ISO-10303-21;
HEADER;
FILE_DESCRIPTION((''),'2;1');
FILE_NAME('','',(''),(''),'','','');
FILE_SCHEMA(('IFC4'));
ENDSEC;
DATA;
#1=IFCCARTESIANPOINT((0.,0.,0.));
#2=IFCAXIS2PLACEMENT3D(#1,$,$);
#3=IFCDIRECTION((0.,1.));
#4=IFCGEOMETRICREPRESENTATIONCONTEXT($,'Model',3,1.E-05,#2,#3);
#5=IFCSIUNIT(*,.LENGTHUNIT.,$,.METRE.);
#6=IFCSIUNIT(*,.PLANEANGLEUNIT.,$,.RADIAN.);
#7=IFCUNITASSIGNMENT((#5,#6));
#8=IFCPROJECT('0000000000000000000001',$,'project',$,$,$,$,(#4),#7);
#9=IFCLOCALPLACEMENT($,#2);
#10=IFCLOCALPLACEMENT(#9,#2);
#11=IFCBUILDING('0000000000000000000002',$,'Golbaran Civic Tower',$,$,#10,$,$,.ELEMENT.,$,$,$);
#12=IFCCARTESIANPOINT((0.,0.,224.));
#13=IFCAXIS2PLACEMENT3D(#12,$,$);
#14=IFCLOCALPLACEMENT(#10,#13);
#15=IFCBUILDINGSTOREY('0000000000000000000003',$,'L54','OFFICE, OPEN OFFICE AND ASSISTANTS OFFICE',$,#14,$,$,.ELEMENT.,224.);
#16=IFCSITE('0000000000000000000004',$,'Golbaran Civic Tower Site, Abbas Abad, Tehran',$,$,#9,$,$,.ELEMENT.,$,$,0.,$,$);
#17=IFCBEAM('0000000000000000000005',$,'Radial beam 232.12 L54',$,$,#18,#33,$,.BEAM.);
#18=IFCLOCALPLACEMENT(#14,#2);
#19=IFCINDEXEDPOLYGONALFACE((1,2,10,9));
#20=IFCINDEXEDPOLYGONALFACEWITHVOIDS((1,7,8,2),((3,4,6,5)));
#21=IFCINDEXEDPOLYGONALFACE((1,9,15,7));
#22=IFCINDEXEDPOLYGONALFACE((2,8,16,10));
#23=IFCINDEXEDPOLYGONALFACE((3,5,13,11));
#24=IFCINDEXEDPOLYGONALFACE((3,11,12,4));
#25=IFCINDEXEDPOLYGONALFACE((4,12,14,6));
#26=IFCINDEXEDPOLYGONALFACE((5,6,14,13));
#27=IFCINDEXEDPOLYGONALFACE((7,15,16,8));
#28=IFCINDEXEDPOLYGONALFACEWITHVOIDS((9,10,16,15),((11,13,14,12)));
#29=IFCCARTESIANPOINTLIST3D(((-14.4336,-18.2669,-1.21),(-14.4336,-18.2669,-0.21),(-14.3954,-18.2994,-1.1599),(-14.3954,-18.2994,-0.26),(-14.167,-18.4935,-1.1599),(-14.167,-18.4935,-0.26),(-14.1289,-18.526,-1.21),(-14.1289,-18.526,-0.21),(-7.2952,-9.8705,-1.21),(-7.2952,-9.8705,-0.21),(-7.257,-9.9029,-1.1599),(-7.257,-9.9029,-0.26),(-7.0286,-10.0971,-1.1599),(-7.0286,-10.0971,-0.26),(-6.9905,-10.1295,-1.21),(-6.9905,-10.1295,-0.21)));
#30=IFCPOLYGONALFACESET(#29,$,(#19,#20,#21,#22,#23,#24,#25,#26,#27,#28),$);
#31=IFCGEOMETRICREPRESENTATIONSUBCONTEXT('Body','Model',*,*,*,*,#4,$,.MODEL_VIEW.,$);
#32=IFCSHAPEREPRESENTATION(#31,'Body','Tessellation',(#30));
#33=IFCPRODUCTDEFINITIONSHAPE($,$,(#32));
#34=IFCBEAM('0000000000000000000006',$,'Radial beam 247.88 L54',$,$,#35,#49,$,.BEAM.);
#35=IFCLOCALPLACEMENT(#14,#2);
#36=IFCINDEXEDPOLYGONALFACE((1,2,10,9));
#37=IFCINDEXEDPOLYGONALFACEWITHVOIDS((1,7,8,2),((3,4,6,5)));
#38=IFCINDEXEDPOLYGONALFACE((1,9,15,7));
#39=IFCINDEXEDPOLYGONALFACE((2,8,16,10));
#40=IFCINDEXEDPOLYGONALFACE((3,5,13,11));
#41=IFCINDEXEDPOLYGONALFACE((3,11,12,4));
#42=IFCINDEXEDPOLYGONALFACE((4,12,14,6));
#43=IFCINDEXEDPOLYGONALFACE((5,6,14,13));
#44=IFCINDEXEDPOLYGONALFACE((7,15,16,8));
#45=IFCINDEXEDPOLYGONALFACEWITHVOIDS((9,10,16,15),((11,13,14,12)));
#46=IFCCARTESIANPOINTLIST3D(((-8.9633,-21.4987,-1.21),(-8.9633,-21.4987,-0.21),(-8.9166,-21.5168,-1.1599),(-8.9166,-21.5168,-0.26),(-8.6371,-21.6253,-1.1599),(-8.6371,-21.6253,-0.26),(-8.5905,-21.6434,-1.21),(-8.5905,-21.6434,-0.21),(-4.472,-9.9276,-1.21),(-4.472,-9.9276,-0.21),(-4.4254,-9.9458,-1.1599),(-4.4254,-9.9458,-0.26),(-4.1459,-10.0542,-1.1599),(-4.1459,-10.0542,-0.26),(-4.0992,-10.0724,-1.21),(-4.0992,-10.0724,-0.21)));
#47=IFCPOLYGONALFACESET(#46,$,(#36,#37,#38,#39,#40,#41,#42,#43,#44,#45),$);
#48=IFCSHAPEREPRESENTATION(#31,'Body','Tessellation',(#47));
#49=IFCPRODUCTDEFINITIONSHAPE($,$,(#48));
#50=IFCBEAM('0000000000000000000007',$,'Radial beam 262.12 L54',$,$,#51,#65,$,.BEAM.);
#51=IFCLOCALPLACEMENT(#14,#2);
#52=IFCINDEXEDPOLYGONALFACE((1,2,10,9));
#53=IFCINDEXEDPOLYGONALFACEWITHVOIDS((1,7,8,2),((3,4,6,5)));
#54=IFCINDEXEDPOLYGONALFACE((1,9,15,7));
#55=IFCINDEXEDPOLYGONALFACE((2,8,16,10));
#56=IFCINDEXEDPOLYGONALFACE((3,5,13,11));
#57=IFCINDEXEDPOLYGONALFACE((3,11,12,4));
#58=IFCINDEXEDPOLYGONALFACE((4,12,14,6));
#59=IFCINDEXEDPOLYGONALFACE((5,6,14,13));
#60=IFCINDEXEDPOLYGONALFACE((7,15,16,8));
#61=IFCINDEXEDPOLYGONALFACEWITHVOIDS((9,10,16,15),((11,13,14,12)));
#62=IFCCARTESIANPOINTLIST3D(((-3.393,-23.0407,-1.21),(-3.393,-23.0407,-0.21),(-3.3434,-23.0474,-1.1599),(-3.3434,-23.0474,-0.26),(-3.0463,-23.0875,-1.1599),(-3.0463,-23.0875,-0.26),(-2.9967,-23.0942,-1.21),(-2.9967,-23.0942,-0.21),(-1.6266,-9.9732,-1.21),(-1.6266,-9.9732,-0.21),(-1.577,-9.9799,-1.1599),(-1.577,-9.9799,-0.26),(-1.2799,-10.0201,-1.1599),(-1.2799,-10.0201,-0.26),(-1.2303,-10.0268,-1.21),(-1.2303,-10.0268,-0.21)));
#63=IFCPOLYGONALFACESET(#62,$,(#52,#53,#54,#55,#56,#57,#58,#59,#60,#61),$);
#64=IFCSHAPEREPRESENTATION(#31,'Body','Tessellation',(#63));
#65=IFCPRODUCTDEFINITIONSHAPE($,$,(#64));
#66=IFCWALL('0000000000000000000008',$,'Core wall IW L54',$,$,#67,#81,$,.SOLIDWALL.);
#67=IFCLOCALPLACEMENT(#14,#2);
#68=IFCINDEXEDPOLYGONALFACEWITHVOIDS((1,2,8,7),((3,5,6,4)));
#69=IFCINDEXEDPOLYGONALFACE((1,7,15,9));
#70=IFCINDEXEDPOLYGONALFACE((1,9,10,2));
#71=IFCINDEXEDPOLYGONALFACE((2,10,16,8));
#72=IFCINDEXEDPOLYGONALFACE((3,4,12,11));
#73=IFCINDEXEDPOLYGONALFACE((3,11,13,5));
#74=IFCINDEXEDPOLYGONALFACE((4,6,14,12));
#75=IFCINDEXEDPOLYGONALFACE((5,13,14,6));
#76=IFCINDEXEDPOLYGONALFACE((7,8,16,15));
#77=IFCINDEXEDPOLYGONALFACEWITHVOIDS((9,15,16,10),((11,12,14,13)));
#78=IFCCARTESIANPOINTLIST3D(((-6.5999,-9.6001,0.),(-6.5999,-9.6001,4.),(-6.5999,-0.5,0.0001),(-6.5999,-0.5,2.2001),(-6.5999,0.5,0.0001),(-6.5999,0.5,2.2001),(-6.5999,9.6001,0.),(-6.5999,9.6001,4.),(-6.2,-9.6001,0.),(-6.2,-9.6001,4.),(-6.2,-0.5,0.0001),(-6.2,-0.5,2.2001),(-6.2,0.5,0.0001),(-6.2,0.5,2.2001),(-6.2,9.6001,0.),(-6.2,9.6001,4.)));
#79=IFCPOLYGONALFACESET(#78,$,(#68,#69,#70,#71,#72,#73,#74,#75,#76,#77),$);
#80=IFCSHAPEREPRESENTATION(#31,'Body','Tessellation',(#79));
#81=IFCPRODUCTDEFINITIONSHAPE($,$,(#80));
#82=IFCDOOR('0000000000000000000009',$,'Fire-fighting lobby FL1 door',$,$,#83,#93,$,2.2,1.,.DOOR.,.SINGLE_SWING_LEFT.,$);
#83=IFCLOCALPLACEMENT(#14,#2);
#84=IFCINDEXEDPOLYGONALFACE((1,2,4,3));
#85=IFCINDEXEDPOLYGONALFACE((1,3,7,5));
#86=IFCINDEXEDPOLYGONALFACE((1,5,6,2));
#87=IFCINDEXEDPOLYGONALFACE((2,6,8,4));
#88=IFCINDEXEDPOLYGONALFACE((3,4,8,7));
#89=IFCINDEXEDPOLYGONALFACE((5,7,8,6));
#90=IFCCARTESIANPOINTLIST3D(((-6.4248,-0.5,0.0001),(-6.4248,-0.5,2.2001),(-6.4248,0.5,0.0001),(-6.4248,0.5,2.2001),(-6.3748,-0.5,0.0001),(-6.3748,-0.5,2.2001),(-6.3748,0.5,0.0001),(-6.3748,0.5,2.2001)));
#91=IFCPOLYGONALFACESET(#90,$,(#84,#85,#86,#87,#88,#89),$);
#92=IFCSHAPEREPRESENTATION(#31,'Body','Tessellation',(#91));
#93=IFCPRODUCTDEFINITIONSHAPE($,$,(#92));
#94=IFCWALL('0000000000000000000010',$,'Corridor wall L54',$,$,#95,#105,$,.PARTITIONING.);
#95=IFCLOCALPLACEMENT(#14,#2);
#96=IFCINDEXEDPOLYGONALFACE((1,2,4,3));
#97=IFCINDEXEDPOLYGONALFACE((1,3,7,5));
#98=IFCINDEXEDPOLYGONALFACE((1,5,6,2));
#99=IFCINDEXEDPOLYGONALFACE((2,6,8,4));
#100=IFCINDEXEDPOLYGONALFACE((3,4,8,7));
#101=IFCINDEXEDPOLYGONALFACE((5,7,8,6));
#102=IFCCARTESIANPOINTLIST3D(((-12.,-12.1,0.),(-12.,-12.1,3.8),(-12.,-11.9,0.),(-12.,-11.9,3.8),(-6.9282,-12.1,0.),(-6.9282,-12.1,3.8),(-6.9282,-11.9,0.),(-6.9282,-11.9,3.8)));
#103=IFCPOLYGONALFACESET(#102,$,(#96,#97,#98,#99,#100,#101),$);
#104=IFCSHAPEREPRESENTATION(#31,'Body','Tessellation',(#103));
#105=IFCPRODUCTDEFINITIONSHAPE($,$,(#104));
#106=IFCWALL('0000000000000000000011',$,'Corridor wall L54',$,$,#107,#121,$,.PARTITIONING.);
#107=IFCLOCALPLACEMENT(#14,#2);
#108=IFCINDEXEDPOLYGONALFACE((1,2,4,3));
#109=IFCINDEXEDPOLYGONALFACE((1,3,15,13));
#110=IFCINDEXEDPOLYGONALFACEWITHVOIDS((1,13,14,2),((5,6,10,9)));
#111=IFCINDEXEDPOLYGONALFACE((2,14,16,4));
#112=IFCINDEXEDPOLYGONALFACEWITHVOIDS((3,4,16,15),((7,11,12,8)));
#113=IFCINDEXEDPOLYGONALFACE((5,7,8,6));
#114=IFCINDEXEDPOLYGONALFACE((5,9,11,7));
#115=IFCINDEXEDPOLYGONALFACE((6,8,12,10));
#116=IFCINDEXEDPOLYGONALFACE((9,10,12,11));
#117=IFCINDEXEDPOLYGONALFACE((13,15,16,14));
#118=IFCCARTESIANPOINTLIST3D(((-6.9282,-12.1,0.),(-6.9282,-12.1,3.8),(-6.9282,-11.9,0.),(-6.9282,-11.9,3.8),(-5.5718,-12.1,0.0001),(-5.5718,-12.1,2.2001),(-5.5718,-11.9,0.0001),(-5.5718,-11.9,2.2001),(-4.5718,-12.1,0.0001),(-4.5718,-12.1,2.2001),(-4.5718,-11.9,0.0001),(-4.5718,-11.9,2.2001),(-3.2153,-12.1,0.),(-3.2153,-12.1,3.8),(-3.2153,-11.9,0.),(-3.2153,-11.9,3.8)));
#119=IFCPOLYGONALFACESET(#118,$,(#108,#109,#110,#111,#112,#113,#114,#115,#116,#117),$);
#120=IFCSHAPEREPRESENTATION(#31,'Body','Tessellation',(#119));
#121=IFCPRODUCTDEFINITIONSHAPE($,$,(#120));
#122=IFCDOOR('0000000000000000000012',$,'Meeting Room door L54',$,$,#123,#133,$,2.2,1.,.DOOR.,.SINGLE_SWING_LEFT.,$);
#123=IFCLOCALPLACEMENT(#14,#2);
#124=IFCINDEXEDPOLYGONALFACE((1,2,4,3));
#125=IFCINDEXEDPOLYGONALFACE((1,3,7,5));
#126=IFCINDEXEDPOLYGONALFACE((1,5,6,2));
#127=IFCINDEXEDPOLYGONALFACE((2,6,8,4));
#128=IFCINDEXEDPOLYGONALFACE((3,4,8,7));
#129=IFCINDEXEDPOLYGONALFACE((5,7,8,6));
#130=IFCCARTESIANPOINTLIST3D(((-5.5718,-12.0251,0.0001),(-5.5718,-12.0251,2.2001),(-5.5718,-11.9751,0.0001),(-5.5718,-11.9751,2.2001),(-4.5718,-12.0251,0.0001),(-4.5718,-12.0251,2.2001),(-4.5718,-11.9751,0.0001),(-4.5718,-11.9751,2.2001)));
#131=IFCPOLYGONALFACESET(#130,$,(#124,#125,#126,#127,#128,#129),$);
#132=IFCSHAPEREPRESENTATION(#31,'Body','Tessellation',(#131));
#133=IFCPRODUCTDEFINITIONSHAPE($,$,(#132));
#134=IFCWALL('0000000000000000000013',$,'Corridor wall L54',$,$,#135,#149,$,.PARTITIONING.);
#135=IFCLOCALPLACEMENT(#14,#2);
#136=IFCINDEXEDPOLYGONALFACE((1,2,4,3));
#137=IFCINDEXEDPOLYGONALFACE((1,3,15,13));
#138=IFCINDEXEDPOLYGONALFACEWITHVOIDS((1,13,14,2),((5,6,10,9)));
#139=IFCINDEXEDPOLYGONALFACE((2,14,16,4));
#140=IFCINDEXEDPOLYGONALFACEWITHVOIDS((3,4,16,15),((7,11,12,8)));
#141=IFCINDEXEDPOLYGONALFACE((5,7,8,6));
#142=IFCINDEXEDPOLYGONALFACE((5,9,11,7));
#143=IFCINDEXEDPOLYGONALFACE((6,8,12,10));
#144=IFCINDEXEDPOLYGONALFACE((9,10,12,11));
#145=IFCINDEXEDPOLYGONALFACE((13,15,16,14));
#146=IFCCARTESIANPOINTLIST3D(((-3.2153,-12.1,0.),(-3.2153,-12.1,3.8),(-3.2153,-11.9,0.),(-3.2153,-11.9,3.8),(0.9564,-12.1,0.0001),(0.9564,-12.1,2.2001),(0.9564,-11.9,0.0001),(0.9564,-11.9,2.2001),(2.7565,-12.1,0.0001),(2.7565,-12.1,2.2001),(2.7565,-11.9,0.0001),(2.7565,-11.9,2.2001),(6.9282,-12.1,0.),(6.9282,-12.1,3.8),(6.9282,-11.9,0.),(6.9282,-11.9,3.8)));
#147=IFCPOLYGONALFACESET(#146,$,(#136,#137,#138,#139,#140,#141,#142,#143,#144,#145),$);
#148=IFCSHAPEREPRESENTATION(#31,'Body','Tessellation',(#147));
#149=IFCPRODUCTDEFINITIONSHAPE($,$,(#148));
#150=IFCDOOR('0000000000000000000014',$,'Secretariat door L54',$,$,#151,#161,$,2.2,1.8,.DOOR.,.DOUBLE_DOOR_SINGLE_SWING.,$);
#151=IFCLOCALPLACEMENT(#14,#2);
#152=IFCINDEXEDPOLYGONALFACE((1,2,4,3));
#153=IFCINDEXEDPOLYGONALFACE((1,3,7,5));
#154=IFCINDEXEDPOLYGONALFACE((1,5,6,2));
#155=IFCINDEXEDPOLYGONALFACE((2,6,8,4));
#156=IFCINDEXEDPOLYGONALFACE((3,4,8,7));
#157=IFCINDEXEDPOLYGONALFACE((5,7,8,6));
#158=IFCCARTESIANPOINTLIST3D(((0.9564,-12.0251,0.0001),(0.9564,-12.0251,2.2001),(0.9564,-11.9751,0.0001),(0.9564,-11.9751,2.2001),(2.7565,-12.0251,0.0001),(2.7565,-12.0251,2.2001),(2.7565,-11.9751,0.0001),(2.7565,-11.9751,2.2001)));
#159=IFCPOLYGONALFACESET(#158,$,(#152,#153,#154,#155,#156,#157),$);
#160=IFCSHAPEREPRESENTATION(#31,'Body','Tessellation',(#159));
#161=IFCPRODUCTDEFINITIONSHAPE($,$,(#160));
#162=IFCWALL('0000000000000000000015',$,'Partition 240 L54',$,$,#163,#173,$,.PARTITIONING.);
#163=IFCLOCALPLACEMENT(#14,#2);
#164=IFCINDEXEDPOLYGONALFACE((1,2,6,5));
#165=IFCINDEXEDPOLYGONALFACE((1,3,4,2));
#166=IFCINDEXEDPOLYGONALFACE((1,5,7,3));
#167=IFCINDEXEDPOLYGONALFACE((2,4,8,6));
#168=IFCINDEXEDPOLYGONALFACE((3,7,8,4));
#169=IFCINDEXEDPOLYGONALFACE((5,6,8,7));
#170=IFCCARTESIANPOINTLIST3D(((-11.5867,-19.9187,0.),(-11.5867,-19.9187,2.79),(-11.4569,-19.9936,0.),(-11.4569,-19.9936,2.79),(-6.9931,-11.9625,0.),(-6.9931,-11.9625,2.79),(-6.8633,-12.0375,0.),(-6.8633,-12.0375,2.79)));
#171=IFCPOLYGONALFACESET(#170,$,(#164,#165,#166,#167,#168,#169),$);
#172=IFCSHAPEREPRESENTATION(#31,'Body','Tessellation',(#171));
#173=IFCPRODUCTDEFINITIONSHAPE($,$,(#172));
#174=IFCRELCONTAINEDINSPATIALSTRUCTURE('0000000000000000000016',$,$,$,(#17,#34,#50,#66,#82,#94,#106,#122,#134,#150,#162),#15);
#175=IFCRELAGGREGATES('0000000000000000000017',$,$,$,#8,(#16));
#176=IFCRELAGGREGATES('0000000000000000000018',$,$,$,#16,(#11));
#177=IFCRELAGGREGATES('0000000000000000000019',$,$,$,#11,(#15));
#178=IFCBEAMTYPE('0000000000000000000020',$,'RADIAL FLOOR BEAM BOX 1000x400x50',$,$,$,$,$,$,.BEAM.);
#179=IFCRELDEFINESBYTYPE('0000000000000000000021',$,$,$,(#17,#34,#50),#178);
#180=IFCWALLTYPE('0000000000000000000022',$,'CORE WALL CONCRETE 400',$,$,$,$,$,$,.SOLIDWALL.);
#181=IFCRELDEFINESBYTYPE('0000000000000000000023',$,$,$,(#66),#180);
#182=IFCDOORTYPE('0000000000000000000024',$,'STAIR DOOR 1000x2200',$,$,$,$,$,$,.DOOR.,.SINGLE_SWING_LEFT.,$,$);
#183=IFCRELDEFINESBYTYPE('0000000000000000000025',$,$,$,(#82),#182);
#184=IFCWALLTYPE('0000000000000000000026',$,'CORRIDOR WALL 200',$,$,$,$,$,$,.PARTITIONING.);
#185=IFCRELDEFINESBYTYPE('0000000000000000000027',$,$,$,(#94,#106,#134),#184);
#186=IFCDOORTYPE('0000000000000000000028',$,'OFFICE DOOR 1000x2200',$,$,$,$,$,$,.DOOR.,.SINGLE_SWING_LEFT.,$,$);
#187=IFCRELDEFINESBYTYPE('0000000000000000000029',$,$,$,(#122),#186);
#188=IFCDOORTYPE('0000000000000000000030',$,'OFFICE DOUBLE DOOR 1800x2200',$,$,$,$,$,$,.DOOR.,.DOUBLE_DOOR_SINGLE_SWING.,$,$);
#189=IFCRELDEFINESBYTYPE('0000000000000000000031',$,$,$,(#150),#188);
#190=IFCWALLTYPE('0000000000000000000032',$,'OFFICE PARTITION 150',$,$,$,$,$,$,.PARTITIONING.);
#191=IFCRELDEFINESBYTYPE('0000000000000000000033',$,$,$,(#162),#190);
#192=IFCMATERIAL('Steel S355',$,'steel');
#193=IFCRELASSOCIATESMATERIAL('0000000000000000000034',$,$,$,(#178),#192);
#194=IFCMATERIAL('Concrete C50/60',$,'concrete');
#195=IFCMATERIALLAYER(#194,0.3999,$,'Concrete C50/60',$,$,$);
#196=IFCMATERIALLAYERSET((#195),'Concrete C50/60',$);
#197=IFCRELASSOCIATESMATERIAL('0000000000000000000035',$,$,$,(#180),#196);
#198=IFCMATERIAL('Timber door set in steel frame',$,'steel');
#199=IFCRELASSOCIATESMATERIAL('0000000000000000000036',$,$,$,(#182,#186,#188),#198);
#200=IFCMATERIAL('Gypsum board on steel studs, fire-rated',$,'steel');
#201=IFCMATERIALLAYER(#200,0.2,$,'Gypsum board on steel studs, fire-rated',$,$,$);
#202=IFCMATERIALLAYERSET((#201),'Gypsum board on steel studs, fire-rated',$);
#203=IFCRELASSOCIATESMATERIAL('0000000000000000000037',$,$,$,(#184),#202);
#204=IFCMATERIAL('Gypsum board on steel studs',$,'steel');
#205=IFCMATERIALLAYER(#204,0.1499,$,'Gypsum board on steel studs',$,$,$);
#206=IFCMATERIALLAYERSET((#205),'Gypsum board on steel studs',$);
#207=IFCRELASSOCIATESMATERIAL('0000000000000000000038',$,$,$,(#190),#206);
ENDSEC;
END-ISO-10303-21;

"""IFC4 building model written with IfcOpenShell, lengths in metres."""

from ifc_helpers import new_model, si_unit, direction, frame, frame_2d, origin, origin_2d, place, context, subcontext, project, spatial, rectangle, hollow_rectangle, extrude, material, layer, layer_set, material_profile, profile_set, type_object, element, fill, save


model = new_model("IFC4")

# Units and contexts
model_context = context("Model", 3, precision=1e-05, world=origin(), true_north=direction((0.0, 1.0)))
body_context = subcontext(model_context, "Body", "Model", "MODEL_VIEW")
ifc_project = project(units=[si_unit("LENGTHUNIT", "METRE"), si_unit("PLANEANGLEUNIT", "RADIAN")], contexts=[model_context])

# Site, building, storey
site_placement = place(None, origin())
site = spatial("IfcSite", under=ifc_project, at=site_placement, Name="Golbaran Civic Tower Site, Abbas Abad, Tehran", CompositionType="ELEMENT", RefElevation=0.0)
building_placement = place(site_placement, origin())
building = spatial("IfcBuilding", under=site, at=building_placement, Name="Golbaran Civic Tower", CompositionType="ELEMENT")
storey_placement = place(building_placement, frame((0.0, 0.0, 224.0)))
storey = spatial("IfcBuildingStorey", under=building, at=storey_placement, Name="L54", Description="OFFICE, OPEN OFFICE AND ASSISTANTS OFFICE", CompositionType="ELEMENT", Elevation=224.0)

# Beams
ifc_material_1 = material(Name="Steel S355", Category="steel")
ifc_material_profile_1 = material_profile(ifc_material_1, hollow_rectangle(XDim=0.3999, YDim=1.0, WallThickness=0.05, at=origin_2d()), Name="BOX 1000x400x50")
ifc_profile_set_1 = profile_set([ifc_material_profile_1], Name="Steel S355")
beam_type_1 = type_object("IfcBeamType", Name="RADIAL FLOOR BEAM BOX 1000x400x50", PredefinedType="BEAM", material=ifc_profile_set_1)
beam_1_placement = place(storey_placement, frame((-7.1428, -10.0, -0.71), z_axis=(-0.647723, -0.761876, 0.0), x_axis=(0.761876, -0.647723, 0.0)))
element("IfcBeam", 1, at=beam_1_placement, inside=storey, type_object=beam_type_1, Name="Radial beam 232.12 L54", PredefinedType="BEAM", context=body_context, shape_type="SweptSolid", body=[
    extrude(hollow_rectangle(XDim=0.3999, YDim=1.0, WallThickness=0.05, at=origin_2d()), origin(), (0.0, 0.0, 1.0), 11.0208),
])
beam_2_placement = place(storey_placement, frame((-4.2856, -10.0, -0.71), z_axis=(-0.361842, -0.93224, 0.0), x_axis=(0.93224, -0.361842, 0.0)))
element("IfcBeam", 2, at=beam_2_placement, inside=storey, type_object=beam_type_1, Name="Radial beam 247.88 L54", PredefinedType="BEAM", context=body_context, shape_type="SweptSolid", body=[
    extrude(hollow_rectangle(XDim=0.3999, YDim=1.0, WallThickness=0.05, at=origin_2d()), origin(), (0.0, 0.0, 1.0), 12.4121),
])
beam_3_placement = place(storey_placement, frame((-1.4285, -10.0, -0.71), z_axis=(-0.133955, -0.990987, 0.0), x_axis=(0.990987, -0.133955, 0.0)))
element("IfcBeam", 3, at=beam_3_placement, inside=storey, type_object=beam_type_1, Name="Radial beam 262.12 L54", PredefinedType="BEAM", context=body_context, shape_type="SweptSolid", body=[
    extrude(hollow_rectangle(XDim=0.3999, YDim=1.0, WallThickness=0.05, at=origin_2d()), origin(), (0.0, 0.0, 1.0), 13.1863),
])

# Wall, opening, door
ifc_material_2 = material(Name="Concrete C50/60", Category="concrete")
ifc_layer_1 = layer(ifc_material_2, 0.3999, Name="Concrete C50/60")
ifc_layer_set_1 = layer_set([ifc_layer_1], Name="Concrete C50/60")
wall_type_1 = type_object("IfcWallType", Name="CORE WALL CONCRETE 400", PredefinedType="SOLIDWALL", material=ifc_layer_set_1)
wall_1_placement = place(storey_placement, frame((-6.3999, -9.6001, 0.0), z_axis=(0.0, 0.0, 1.0), x_axis=(0.0, 1.0, 0.0)))
wall_1 = element("IfcWall", 4, at=wall_1_placement, inside=storey, type_object=wall_type_1, Name="Core wall IW L54", PredefinedType="SOLIDWALL", context=body_context, shape_type="SweptSolid", body=[
    extrude(rectangle(XDim=19.2002, YDim=0.3999, at=frame_2d((9.6001, 0.0))), origin(), (0.0, 0.0, 1.0), 4.0),
])
opening_1_placement = place(wall_1_placement, frame((9.1001, 0.0, 0.0)))
opening_1 = element("IfcOpeningElement", 5, at=opening_1_placement, cuts=wall_1, PredefinedType="OPENING", context=body_context, shape_type="SweptSolid", body=[
    extrude(rectangle(XDim=1.0, YDim=2.2, at=frame_2d((0.5, 1.1001))), frame((0.0, 0.21, 0.0), z_axis=(0.0, -1.0, 0.0), x_axis=(1.0, 0.0, 0.0)), (0.0, 0.0, 1.0), 0.4199),
])
ifc_material_3 = material(Name="Timber door set in steel frame", Category="steel")
door_type_1 = type_object("IfcDoorType", Name="STAIR DOOR 1000x2200", OperationType="SINGLE_SWING_LEFT", PredefinedType="DOOR", material=ifc_material_3)
door_1_placement = place(opening_1_placement, origin())
door_1 = element("IfcDoor", 6, at=door_1_placement, inside=storey, type_object=door_type_1, Name="Fire-fighting lobby FL1 door", OperationType="SINGLE_SWING_LEFT", OverallHeight=2.2, OverallWidth=1.0, PredefinedType="DOOR", context=body_context, shape_type="SweptSolid", body=[
    extrude(rectangle(XDim=1.0, YDim=2.2, at=frame_2d((0.5, 1.1001))), frame((0.0, 0.0249, 0.0), z_axis=(0.0, -1.0, 0.0), x_axis=(1.0, 0.0, 0.0)), (0.0, 0.0, 1.0), 0.05),
])
fill(opening_1, door_1)

# Wall
ifc_material_4 = material(Name="Gypsum board on steel studs, fire-rated", Category="steel")
ifc_layer_2 = layer(ifc_material_4, 0.2, Name="Gypsum board on steel studs, fire-rated")
ifc_layer_set_2 = layer_set([ifc_layer_2], Name="Gypsum board on steel studs, fire-rated")
wall_type_2 = type_object("IfcWallType", Name="CORRIDOR WALL 200", PredefinedType="PARTITIONING", material=ifc_layer_set_2)
wall_2_placement = place(storey_placement, frame((-12.0, -12.0, 0.0), z_axis=(0.0, 0.0, 1.0), x_axis=(1.0, 0.0, 0.0)))
element("IfcWall", 7, at=wall_2_placement, inside=storey, type_object=wall_type_2, Name="Corridor wall L54", PredefinedType="PARTITIONING", context=body_context, shape_type="SweptSolid", body=[
    extrude(rectangle(XDim=5.0718, YDim=0.2, at=frame_2d((2.5359, 0.0))), origin(), (0.0, 0.0, 1.0), 3.8),
])

# Walls, openings, doors
wall_3_placement = place(storey_placement, frame((-6.9282, -12.0, 0.0), z_axis=(0.0, 0.0, 1.0), x_axis=(1.0, 0.0, 0.0)))
wall_3 = element("IfcWall", 8, at=wall_3_placement, inside=storey, type_object=wall_type_2, Name="Corridor wall L54", PredefinedType="PARTITIONING", context=body_context, shape_type="SweptSolid", body=[
    extrude(rectangle(XDim=3.7129, YDim=0.2, at=frame_2d((1.8564, 0.0))), origin(), (0.0, 0.0, 1.0), 3.8),
])
opening_2_placement = place(wall_3_placement, frame((1.3564, 0.0, 0.0)))
opening_2 = element("IfcOpeningElement", 9, at=opening_2_placement, cuts=wall_3, PredefinedType="OPENING", context=body_context, shape_type="SweptSolid", body=[
    extrude(rectangle(XDim=1.0, YDim=2.2, at=frame_2d((0.5, 1.1001))), frame((0.0, 0.1099, 0.0), z_axis=(0.0, -1.0, 0.0), x_axis=(1.0, 0.0, 0.0)), (0.0, 0.0, 1.0), 0.22),
])
door_type_2 = type_object("IfcDoorType", Name="OFFICE DOOR 1000x2200", OperationType="SINGLE_SWING_LEFT", PredefinedType="DOOR", material=ifc_material_3)
door_2_placement = place(opening_2_placement, origin())
door_2 = element("IfcDoor", 10, at=door_2_placement, inside=storey, type_object=door_type_2, Name="Meeting Room door L54", OperationType="SINGLE_SWING_LEFT", OverallHeight=2.2, OverallWidth=1.0, PredefinedType="DOOR", context=body_context, shape_type="SweptSolid", body=[
    extrude(rectangle(XDim=1.0, YDim=2.2, at=frame_2d((0.5, 1.1001))), frame((0.0, 0.0249, 0.0), z_axis=(0.0, -1.0, 0.0), x_axis=(1.0, 0.0, 0.0)), (0.0, 0.0, 1.0), 0.05),
])
fill(opening_2, door_2)
wall_4_placement = place(storey_placement, frame((-3.2153, -12.0, 0.0), z_axis=(0.0, 0.0, 1.0), x_axis=(1.0, 0.0, 0.0)))
wall_4 = element("IfcWall", 11, at=wall_4_placement, inside=storey, type_object=wall_type_2, Name="Corridor wall L54", PredefinedType="PARTITIONING", context=body_context, shape_type="SweptSolid", body=[
    extrude(rectangle(XDim=10.1436, YDim=0.2, at=frame_2d((5.0718, 0.0))), origin(), (0.0, 0.0, 1.0), 3.8),
])
opening_3_placement = place(wall_4_placement, frame((4.1719, 0.0, 0.0)))
opening_3 = element("IfcOpeningElement", 12, at=opening_3_placement, cuts=wall_4, PredefinedType="OPENING", context=body_context, shape_type="SweptSolid", body=[
    extrude(rectangle(XDim=1.8, YDim=2.2, at=frame_2d((0.8999, 1.1001))), frame((0.0, 0.1099, 0.0), z_axis=(0.0, -1.0, 0.0), x_axis=(1.0, 0.0, 0.0)), (0.0, 0.0, 1.0), 0.22),
])
door_type_3 = type_object("IfcDoorType", Name="OFFICE DOUBLE DOOR 1800x2200", OperationType="DOUBLE_DOOR_SINGLE_SWING", PredefinedType="DOOR", material=ifc_material_3)
door_3_placement = place(opening_3_placement, origin())
door_3 = element("IfcDoor", 13, at=door_3_placement, inside=storey, type_object=door_type_3, Name="Secretariat door L54", OperationType="DOUBLE_DOOR_SINGLE_SWING", OverallHeight=2.2, OverallWidth=1.8, PredefinedType="DOOR", context=body_context, shape_type="SweptSolid", body=[
    extrude(rectangle(XDim=1.8, YDim=2.2, at=frame_2d((0.8999, 1.1001))), frame((0.0, 0.0249, 0.0), z_axis=(0.0, -1.0, 0.0), x_axis=(1.0, 0.0, 0.0)), (0.0, 0.0, 1.0), 0.05),
])
fill(opening_3, door_3)

# Wall
ifc_material_5 = material(Name="Gypsum board on steel studs", Category="steel")
ifc_layer_3 = layer(ifc_material_5, 0.1499, Name="Gypsum board on steel studs")
ifc_layer_set_3 = layer_set([ifc_layer_3], Name="Gypsum board on steel studs")
wall_type_3 = type_object("IfcWallType", Name="OFFICE PARTITION 150", PredefinedType="PARTITIONING", material=ifc_layer_set_3)
wall_5_placement = place(storey_placement, frame((-6.9282, -12.0, 0.0), z_axis=(0.0, 0.0, 1.0), x_axis=(-0.500006, -0.866022, 0.0)))
element("IfcWall", 14, at=wall_5_placement, inside=storey, type_object=wall_type_3, Name="Partition 240 L54", PredefinedType="PARTITIONING", context=body_context, shape_type="SweptSolid", body=[
    extrude(rectangle(XDim=9.187, YDim=0.1499, at=frame_2d((4.5935, 0.0))), origin(), (0.0, 0.0, 1.0), 2.79),
])

save(model, "model.ifc")
